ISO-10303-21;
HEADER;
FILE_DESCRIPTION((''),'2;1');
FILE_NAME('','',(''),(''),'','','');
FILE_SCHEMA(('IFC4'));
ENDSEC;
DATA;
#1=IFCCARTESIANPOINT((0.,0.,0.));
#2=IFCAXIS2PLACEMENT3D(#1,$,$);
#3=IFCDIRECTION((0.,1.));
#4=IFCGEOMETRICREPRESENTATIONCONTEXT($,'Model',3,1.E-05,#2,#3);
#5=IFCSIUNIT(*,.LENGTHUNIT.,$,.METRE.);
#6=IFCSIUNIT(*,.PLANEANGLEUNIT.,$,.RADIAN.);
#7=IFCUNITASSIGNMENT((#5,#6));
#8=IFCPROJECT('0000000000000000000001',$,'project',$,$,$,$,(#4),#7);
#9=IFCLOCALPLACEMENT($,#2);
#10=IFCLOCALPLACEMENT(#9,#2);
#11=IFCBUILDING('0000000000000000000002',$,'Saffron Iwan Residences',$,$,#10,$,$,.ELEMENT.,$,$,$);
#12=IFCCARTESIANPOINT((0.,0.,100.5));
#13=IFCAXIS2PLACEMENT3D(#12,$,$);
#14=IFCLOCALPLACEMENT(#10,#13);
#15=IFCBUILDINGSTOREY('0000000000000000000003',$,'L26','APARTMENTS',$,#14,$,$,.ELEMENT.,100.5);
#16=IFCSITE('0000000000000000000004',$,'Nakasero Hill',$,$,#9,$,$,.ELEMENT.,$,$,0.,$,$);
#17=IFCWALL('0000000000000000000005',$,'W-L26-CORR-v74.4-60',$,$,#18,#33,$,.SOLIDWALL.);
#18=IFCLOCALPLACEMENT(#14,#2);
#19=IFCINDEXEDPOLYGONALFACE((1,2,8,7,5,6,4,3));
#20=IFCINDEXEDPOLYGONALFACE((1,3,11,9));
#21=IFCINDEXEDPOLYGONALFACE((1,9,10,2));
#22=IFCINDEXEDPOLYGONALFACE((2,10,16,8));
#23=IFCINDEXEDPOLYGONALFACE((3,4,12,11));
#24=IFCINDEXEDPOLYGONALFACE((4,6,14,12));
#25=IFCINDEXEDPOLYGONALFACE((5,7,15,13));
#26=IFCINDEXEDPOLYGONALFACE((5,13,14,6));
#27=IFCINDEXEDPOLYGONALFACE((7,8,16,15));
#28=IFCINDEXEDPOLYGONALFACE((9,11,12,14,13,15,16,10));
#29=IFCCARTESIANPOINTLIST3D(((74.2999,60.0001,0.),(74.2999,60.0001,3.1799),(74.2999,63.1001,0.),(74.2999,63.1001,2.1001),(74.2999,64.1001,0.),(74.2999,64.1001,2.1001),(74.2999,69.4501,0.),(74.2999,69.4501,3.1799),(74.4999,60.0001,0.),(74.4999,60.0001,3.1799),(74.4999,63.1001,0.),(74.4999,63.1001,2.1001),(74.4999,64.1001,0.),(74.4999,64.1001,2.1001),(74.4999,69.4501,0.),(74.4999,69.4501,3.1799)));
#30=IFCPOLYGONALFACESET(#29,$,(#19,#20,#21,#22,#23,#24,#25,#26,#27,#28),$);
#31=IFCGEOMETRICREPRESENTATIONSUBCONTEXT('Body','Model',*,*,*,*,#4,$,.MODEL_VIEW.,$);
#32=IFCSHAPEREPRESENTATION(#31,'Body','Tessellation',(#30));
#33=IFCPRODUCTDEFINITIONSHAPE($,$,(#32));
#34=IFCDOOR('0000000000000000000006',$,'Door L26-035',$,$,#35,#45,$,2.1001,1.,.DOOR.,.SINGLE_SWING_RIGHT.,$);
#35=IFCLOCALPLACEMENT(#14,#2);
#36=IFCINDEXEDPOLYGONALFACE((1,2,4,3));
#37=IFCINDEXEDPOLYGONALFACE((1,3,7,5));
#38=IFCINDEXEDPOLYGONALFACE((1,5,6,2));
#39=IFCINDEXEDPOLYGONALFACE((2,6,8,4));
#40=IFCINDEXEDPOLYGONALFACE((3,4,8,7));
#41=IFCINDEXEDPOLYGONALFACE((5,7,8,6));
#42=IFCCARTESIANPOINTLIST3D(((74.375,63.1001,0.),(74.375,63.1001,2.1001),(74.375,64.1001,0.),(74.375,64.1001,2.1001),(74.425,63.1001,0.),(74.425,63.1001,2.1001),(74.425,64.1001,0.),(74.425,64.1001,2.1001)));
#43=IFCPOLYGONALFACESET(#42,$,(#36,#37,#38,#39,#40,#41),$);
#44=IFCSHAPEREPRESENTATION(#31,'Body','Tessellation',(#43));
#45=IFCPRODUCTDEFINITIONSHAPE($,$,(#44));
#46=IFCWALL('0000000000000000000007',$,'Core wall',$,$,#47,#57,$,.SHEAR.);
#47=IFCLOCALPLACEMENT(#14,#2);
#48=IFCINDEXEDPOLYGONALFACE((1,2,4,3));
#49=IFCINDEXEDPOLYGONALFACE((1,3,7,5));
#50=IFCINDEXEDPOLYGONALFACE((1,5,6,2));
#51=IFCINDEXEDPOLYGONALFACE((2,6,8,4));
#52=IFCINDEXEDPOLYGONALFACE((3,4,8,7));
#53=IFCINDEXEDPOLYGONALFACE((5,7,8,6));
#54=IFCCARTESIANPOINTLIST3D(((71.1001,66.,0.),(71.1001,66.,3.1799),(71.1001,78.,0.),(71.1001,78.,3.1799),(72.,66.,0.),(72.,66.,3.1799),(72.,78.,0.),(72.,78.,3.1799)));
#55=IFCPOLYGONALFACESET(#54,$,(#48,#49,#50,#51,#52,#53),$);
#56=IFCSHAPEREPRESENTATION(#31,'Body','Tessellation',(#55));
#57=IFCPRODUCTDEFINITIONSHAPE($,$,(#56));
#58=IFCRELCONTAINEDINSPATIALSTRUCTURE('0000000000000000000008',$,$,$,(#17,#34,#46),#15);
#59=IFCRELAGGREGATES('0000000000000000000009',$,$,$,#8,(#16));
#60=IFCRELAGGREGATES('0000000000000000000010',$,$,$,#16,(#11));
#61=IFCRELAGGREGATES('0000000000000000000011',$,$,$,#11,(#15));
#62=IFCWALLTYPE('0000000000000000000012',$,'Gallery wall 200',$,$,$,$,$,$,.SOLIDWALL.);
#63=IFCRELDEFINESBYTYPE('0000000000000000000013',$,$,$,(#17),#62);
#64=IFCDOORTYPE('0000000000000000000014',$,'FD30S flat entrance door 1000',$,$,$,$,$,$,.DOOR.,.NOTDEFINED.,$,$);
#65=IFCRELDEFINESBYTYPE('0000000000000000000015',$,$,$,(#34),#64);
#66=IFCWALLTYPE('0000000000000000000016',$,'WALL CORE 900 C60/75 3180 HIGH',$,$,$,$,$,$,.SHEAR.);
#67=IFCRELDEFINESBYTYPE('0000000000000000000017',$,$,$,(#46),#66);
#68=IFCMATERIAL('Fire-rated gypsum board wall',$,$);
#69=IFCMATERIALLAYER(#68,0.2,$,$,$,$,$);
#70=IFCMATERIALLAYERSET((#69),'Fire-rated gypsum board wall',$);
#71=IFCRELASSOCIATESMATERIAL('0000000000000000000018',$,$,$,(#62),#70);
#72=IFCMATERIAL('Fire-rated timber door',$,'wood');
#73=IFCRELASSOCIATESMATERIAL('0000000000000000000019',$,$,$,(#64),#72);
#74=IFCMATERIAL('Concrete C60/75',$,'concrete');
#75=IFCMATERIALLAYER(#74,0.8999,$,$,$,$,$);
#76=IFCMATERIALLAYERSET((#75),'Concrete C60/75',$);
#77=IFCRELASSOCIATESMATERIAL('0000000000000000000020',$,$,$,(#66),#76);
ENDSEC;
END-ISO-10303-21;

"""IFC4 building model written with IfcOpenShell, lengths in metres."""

from ifc_helpers import new_model, si_unit, direction, frame, frame_2d, origin, place, context, subcontext, project, spatial, rectangle, extrude, material, layer, layer_set, type_object, element, fill, save


model = new_model("IFC4")

# Units and contexts
model_context = context("Model", 3, precision=1e-05, world=origin(), true_north=direction((0.0, 1.0)))
body_context = subcontext(model_context, "Body", "Model", "MODEL_VIEW")
ifc_project = project(units=[si_unit("LENGTHUNIT", "METRE"), si_unit("PLANEANGLEUNIT", "RADIAN")], contexts=[model_context])

# Site, building, storey
site_placement = place(None, origin())
site = spatial("IfcSite", under=ifc_project, at=site_placement, Name="Nakasero Hill", CompositionType="ELEMENT", RefElevation=0.0)
building_placement = place(site_placement, origin())
building = spatial("IfcBuilding", under=site, at=building_placement, Name="Saffron Iwan Residences", CompositionType="ELEMENT")
storey_placement = place(building_placement, frame((0.0, 0.0, 100.5)))
storey = spatial("IfcBuildingStorey", under=building, at=storey_placement, Name="L26", Description="APARTMENTS", CompositionType="ELEMENT", Elevation=100.5)

# Shared definitions
ifc_material_1 = material(Name="Concrete C60/75", Category="concrete")

# Shared definitions
ifc_material_2 = material(Name="Fire-rated gypsum board wall")

# Shared definitions
ifc_layer_1 = layer(ifc_material_2, 0.2)
ifc_layer_set_1 = layer_set([ifc_layer_1], Name="Fire-rated gypsum board wall")
wall_type_1 = type_object("IfcWallType", Name="Gallery wall 200", PredefinedType="SOLIDWALL", material=ifc_layer_set_1)

# Wall, opening, door
wall_1_placement = place(storey_placement, frame((74.3999, 60.0, 0.0), z_axis=(0.0, 0.0, 1.0), x_axis=(0.0, 1.0, 0.0)))
wall_1 = element("IfcWall", 1, at=wall_1_placement, inside=storey, type_object=wall_type_1, Name="W-L26-CORR-v74.4-60", PredefinedType="SOLIDWALL", context=body_context, shape_type="SweptSolid", body=[
    extrude(rectangle(XDim=9.45, YDim=0.2, at=frame_2d((4.7251, 0.0))), origin(), (0.0, 0.0, 1.0), 3.1799),
])
opening_1_placement = place(wall_1_placement, frame((3.1001, 0.0, 0.0)))
opening_1 = element("IfcOpeningElement", 2, at=opening_1_placement, cuts=wall_1, PredefinedType="OPENING", context=body_context, shape_type="SweptSolid", body=[
    extrude(rectangle(XDim=1.0, YDim=2.1001, at=frame_2d((0.5, 1.05))), frame((0.0, 0.1099, 0.0), z_axis=(0.0, -1.0, 0.0), x_axis=(1.0, 0.0, 0.0)), (0.0, 0.0, 1.0), 0.22),
])
ifc_material_3 = material(Name="Fire-rated timber door", Category="wood")
door_type_1 = type_object("IfcDoorType", Name="FD30S flat entrance door 1000", OperationType="NOTDEFINED", PredefinedType="DOOR", material=ifc_material_3)
door_1_placement = place(opening_1_placement, origin())
door_1 = element("IfcDoor", 3, at=door_1_placement, inside=storey, type_object=door_type_1, Name="Door L26-035", OperationType="SINGLE_SWING_RIGHT", OverallHeight=2.1001, OverallWidth=1.0, PredefinedType="DOOR", context=body_context, shape_type="SweptSolid", body=[
    extrude(rectangle(XDim=1.0, YDim=2.1001, at=frame_2d((0.5, 1.05))), frame((0.0, 0.0249, 0.0), z_axis=(0.0, -1.0, 0.0), x_axis=(1.0, 0.0, 0.0)), (0.0, 0.0, 1.0), 0.05),
])
fill(opening_1, door_1)

# Wall
ifc_layer_2 = layer(ifc_material_1, 0.8999)
ifc_layer_set_2 = layer_set([ifc_layer_2], Name="Concrete C60/75")
wall_type_2 = type_object("IfcWallType", Name="WALL CORE 900 C60/75 3180 HIGH", PredefinedType="SHEAR", material=ifc_layer_set_2)
wall_2_placement = place(storey_placement, frame((71.55, 66.0, 0.0), z_axis=(0.0, 0.0, 1.0), x_axis=(0.0, 1.0, 0.0)))
element("IfcWall", 4, at=wall_2_placement, inside=storey, type_object=wall_type_2, Name="Core wall", PredefinedType="SHEAR", context=body_context, shape_type="SweptSolid", body=[
    extrude(rectangle(XDim=12.0, YDim=0.8999, at=frame_2d((6.0, 0.0))), origin(), (0.0, 0.0, 1.0), 3.1799),
])

save(model, "model.ifc")
